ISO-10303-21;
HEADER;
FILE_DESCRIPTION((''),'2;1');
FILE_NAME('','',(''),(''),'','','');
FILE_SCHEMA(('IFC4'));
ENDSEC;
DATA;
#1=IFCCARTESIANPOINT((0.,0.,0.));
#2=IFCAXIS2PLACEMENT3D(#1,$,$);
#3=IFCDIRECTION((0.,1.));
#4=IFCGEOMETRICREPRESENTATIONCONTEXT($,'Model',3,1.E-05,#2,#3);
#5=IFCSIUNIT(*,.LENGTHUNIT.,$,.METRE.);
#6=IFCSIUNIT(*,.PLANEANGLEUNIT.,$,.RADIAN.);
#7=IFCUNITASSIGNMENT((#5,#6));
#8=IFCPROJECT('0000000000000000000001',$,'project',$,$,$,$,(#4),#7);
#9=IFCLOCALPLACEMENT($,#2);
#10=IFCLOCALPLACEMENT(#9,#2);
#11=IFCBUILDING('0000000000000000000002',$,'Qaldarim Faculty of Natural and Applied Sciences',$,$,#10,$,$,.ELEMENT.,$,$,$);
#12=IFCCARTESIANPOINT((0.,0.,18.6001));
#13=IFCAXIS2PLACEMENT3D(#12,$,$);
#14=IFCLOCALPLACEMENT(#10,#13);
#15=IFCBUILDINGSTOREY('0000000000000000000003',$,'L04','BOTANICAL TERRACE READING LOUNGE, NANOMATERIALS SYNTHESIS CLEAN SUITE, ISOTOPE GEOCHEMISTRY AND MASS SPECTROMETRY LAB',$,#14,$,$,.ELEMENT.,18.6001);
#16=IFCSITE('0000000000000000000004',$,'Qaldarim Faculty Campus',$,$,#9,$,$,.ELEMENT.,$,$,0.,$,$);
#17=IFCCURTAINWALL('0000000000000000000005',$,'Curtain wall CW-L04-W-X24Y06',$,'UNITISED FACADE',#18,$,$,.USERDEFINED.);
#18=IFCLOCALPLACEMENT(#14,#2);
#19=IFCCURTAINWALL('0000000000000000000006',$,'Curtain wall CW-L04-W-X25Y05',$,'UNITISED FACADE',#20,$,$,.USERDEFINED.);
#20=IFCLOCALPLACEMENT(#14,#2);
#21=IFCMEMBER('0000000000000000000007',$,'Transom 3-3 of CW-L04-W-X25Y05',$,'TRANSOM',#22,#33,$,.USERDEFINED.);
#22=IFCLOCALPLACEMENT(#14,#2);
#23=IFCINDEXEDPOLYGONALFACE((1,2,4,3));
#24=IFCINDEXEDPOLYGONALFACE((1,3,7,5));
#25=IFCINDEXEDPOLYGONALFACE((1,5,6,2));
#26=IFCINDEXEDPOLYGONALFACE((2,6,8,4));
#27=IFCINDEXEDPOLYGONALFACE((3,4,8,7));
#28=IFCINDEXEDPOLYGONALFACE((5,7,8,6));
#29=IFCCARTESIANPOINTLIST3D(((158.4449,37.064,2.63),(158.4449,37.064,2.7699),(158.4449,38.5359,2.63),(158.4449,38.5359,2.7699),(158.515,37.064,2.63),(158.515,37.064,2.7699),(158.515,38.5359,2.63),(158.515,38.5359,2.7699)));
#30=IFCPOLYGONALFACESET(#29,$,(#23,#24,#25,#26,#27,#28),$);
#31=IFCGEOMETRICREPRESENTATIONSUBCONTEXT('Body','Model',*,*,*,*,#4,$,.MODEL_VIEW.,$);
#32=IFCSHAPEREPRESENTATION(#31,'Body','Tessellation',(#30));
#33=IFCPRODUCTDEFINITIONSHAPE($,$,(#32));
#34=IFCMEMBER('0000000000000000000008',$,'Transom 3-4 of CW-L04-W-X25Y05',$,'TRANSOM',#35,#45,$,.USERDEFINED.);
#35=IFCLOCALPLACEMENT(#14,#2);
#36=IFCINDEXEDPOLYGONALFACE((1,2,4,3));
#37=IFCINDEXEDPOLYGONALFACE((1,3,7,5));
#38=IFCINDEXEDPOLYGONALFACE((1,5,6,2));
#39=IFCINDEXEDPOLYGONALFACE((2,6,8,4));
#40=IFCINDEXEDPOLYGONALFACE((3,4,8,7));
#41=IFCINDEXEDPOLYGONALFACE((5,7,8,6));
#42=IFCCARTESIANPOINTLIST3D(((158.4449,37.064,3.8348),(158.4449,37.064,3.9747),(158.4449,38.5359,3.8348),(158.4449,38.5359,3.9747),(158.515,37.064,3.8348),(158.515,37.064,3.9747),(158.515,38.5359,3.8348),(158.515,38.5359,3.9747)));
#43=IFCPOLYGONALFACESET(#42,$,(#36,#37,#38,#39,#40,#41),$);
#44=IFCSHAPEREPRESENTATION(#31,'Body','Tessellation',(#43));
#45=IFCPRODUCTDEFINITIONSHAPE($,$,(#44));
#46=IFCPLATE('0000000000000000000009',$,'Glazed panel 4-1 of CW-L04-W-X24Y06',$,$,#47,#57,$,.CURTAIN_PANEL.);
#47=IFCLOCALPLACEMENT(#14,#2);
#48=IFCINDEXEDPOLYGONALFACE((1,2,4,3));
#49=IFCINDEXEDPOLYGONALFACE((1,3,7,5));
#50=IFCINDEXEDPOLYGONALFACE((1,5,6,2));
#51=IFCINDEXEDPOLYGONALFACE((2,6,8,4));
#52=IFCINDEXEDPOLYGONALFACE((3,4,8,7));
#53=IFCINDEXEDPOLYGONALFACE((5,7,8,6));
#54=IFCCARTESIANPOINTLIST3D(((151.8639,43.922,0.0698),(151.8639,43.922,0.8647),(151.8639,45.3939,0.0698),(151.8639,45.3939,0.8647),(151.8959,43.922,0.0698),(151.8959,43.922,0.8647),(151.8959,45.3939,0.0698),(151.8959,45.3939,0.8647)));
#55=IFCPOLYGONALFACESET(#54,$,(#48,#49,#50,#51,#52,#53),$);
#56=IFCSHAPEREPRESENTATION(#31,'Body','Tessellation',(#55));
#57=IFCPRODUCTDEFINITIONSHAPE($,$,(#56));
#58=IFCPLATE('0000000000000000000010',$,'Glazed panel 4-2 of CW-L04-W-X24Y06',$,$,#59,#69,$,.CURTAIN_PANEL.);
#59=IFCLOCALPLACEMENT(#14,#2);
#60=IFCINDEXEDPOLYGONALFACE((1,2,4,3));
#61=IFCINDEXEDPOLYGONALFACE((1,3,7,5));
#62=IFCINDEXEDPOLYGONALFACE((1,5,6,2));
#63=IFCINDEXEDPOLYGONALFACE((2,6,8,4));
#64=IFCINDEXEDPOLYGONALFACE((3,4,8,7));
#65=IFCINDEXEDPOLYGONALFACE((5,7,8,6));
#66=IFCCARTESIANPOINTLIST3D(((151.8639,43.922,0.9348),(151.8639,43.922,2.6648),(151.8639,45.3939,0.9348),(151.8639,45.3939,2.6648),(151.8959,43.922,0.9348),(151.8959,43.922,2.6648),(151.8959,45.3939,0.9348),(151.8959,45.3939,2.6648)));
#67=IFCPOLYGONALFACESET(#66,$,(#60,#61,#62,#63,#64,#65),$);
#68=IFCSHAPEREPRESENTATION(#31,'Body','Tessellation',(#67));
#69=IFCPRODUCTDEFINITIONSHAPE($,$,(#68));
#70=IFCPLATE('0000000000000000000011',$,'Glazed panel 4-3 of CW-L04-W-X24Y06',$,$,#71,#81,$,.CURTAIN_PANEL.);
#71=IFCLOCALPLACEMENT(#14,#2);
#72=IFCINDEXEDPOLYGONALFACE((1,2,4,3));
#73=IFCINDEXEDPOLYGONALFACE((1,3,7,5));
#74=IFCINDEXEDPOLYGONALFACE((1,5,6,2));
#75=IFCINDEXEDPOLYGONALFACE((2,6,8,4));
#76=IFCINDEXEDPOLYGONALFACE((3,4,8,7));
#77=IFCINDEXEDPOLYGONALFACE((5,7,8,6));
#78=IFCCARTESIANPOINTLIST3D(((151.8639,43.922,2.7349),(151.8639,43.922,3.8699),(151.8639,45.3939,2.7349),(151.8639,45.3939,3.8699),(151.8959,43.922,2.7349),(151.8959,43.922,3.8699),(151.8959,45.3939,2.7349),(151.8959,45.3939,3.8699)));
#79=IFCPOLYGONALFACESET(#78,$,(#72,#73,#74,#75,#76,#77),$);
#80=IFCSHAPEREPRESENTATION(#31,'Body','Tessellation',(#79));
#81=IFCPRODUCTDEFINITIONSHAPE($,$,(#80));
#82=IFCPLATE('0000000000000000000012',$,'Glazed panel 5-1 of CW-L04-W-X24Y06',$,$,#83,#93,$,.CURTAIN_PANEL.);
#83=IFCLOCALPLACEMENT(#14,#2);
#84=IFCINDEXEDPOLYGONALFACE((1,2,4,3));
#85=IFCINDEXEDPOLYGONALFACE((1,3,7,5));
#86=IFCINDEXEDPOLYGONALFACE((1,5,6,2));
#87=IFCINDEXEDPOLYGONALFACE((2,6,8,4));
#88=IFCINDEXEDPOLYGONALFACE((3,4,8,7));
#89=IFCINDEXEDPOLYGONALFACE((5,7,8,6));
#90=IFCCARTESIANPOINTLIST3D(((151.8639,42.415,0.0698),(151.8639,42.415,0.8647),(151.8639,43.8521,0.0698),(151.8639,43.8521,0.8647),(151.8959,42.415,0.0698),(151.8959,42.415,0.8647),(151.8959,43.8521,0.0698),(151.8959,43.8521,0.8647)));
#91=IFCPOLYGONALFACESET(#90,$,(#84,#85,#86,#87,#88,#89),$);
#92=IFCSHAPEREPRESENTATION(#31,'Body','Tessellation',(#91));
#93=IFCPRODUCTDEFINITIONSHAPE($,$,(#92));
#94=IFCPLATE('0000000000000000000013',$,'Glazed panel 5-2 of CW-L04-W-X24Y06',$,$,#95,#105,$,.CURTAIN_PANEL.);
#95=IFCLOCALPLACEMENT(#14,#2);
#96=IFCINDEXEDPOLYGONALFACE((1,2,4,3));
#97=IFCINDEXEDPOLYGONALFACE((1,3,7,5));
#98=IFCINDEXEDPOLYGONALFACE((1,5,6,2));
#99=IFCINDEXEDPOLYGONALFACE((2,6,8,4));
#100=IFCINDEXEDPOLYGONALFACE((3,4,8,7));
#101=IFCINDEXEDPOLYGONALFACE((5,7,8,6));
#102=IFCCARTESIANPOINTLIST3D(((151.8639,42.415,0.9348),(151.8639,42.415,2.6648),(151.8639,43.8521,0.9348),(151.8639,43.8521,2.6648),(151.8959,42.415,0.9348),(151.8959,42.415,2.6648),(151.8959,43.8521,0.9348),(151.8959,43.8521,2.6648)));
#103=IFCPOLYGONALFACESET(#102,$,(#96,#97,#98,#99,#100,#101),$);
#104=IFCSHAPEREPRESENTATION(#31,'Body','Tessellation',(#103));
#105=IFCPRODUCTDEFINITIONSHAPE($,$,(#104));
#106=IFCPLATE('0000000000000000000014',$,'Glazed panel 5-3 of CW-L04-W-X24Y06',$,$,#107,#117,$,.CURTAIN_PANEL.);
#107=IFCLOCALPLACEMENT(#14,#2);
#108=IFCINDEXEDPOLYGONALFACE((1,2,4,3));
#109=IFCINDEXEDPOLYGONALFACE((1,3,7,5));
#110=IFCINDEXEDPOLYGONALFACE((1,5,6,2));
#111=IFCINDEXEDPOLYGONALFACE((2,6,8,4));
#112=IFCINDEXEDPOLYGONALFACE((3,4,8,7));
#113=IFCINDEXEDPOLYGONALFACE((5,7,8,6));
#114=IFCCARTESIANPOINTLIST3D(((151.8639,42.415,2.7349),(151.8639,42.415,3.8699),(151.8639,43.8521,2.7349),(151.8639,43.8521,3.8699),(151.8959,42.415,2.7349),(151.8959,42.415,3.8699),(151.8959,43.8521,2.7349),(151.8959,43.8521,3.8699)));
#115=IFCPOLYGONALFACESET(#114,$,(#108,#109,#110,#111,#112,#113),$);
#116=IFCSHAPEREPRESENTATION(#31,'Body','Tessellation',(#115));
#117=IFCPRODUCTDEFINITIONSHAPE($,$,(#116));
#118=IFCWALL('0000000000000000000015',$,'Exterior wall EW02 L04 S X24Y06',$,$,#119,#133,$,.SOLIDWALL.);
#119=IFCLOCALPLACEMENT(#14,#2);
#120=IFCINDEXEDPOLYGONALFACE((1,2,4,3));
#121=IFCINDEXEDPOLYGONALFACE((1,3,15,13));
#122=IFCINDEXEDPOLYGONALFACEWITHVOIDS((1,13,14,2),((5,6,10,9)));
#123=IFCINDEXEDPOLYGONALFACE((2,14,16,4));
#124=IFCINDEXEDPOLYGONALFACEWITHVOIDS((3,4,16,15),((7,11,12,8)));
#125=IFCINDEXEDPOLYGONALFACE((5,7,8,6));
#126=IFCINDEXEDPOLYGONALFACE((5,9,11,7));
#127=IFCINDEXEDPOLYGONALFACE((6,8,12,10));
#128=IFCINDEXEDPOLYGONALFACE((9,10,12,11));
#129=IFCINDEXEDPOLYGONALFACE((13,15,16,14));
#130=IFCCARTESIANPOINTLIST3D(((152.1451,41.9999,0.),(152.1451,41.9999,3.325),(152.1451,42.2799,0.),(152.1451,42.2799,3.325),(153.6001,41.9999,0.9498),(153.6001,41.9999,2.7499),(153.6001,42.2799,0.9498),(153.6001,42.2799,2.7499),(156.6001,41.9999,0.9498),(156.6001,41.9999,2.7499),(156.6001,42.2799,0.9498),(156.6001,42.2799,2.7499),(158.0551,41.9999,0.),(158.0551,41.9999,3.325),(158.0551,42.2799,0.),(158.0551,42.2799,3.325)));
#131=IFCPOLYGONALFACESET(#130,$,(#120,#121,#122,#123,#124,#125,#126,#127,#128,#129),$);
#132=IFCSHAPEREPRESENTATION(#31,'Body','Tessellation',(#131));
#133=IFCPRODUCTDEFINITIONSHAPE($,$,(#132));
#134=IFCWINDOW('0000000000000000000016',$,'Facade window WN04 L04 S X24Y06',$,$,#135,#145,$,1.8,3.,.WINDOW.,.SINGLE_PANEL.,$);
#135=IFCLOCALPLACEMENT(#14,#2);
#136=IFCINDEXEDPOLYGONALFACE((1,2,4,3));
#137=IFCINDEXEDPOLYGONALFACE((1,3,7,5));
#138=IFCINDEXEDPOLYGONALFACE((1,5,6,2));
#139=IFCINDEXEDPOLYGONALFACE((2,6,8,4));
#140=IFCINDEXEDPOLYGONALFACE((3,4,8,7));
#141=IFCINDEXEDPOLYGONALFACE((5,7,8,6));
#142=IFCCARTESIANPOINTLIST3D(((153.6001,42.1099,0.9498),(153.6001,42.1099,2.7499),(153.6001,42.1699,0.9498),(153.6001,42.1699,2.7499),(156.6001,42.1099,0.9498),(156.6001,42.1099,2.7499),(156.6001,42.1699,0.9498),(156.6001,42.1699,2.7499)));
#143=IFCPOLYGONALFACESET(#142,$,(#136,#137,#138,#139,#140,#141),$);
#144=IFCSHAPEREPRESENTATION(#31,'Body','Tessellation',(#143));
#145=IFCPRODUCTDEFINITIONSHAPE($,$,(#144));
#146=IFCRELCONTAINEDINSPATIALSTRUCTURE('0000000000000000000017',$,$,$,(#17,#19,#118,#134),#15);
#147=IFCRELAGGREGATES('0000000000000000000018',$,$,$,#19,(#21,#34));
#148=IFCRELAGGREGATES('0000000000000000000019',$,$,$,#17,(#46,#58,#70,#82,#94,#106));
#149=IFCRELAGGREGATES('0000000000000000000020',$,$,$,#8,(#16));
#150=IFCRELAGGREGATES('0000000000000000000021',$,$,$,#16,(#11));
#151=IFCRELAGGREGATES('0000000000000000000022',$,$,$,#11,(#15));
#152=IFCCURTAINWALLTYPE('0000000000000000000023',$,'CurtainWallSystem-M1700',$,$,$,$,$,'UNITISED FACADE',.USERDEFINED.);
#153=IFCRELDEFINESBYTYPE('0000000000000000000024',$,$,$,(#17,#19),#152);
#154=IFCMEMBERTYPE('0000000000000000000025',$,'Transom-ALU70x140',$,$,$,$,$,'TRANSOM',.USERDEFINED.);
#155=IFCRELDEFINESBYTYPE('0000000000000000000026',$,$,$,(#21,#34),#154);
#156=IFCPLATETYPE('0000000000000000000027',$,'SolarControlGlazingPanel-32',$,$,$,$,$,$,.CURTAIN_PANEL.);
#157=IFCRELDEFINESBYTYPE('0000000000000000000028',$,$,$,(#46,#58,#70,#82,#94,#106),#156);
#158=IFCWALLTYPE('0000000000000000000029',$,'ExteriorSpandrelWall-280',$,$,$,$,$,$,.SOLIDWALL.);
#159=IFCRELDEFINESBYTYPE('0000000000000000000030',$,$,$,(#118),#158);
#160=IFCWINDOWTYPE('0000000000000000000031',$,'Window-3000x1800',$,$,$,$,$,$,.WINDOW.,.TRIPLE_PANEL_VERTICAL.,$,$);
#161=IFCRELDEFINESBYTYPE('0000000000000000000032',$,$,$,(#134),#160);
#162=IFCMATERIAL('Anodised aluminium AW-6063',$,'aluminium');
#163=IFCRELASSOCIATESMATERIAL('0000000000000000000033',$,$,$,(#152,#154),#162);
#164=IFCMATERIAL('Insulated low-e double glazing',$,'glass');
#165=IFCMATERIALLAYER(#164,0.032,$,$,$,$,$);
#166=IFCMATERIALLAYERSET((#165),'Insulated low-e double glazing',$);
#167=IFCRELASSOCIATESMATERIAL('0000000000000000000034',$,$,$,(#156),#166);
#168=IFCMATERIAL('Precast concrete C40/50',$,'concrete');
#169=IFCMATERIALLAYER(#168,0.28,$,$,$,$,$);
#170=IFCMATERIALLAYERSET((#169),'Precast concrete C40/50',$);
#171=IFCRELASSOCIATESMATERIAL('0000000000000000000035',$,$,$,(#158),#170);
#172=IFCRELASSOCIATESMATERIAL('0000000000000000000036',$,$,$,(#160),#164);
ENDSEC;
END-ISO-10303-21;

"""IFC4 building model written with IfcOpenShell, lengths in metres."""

from ifc_helpers import new_model, si_unit, direction, frame, frame_2d, origin, origin_2d, place, context, subcontext, project, spatial, rectangle, extrude, material, layer, layer_set, material_profile, profile_set, type_object, element, fill, aggregate, save


model = new_model("IFC4")

# Units and contexts
model_context = context("Model", 3, precision=1e-05, world=origin(), true_north=direction((0.0, 1.0)))
body_context = subcontext(model_context, "Body", "Model", "MODEL_VIEW")
ifc_project = project(units=[si_unit("LENGTHUNIT", "METRE"), si_unit("PLANEANGLEUNIT", "RADIAN")], contexts=[model_context])

# Site, building, storey
site_placement = place(None, origin())
site = spatial("IfcSite", under=ifc_project, at=site_placement, Name="Qaldarim Faculty Campus", CompositionType="ELEMENT", RefElevation=0.0)
building_placement = place(site_placement, origin())
building = spatial("IfcBuilding", under=site, at=building_placement, Name="Qaldarim Faculty of Natural and Applied Sciences", CompositionType="ELEMENT")
storey_placement = place(building_placement, frame((0.0, 0.0, 18.6001)))
storey = spatial("IfcBuildingStorey", under=building, at=storey_placement, Name="L04", Description="BOTANICAL TERRACE READING LOUNGE, NANOMATERIALS SYNTHESIS CLEAN SUITE, ISOTOPE GEOCHEMISTRY AND MASS SPECTROMETRY LAB", CompositionType="ELEMENT", Elevation=18.6001)

# Curtain wall
ifc_material_1 = material(Name="Anodised aluminium AW-6063", Category="aluminium")
curtain_wall_type = type_object("IfcCurtainWallType", Name="CurtainWallSystem-M1700", ElementType="UNITISED FACADE", PredefinedType="USERDEFINED", material=ifc_material_1)
curtain_wall_1_placement = place(storey_placement, origin())
curtain_wall_1 = element("IfcCurtainWall", 1, at=curtain_wall_1_placement, inside=storey, type_object=curtain_wall_type, Name="Curtain wall CW-L04-W-X24Y06", ObjectType="UNITISED FACADE", PredefinedType="USERDEFINED")

# Shared definitions
ifc_material_2 = material(Name="Precast concrete C40/50", Category="concrete")

# Shared definitions
ifc_material_profile_1 = material_profile(ifc_material_1, rectangle(XDim=0.0701, YDim=0.1399, at=origin_2d()), Name="ALU-T70x140")
ifc_profile_set_1 = profile_set([ifc_material_profile_1], Name="Anodised aluminium AW-6063")
member_type_1 = type_object("IfcMemberType", Name="Transom-ALU70x140", ElementType="TRANSOM", PredefinedType="USERDEFINED", material=ifc_profile_set_1)

# Curtain wall, members
curtain_wall_2_placement = place(storey_placement, origin())
curtain_wall_2 = element("IfcCurtainWall", 2, at=curtain_wall_2_placement, inside=storey, type_object=curtain_wall_type, Name="Curtain wall CW-L04-W-X25Y05", ObjectType="UNITISED FACADE", PredefinedType="USERDEFINED")
member_1_placement = place(storey_placement, frame((158.48, 38.5359, 2.7), z_axis=(0.0, -1.0, 0.0), x_axis=(1.0, 0.0, 0.0)))
member_1 = element("IfcMember", 3, at=member_1_placement, type_object=member_type_1, Name="Transom 3-3 of CW-L04-W-X25Y05", ObjectType="TRANSOM", PredefinedType="USERDEFINED", context=body_context, shape_type="SweptSolid", body=[
    extrude(rectangle(XDim=0.0701, YDim=0.1399, at=origin_2d()), origin(), (0.0, 0.0, 1.0), 1.4719),
])
member_2_placement = place(storey_placement, frame((158.48, 38.5359, 3.9048), z_axis=(0.0, -1.0, 0.0), x_axis=(1.0, 0.0, 0.0)))
member_2 = element("IfcMember", 4, at=member_2_placement, type_object=member_type_1, Name="Transom 3-4 of CW-L04-W-X25Y05", ObjectType="TRANSOM", PredefinedType="USERDEFINED", context=body_context, shape_type="SweptSolid", body=[
    extrude(rectangle(XDim=0.0701, YDim=0.1399, at=origin_2d()), origin(), (0.0, 0.0, 1.0), 1.4719),
])
aggregate(curtain_wall_2, [member_1, member_2])

# Plates
ifc_material_3 = material(Name="Insulated low-e double glazing", Category="glass")
ifc_layer_1 = layer(ifc_material_3, 0.032)
ifc_layer_set_1 = layer_set([ifc_layer_1], Name="Insulated low-e double glazing")
plate_type = type_object("IfcPlateType", Name="SolarControlGlazingPanel-32", PredefinedType="CURTAIN_PANEL", material=ifc_layer_set_1)
plate_1_placement = place(storey_placement, frame((151.8799, 44.658, 0.0698), z_axis=(0.0, 0.0, 1.0), x_axis=(0.0, -1.0, 0.0)))
plate_1 = element("IfcPlate", 5, at=plate_1_placement, type_object=plate_type, Name="Glazed panel 4-1 of CW-L04-W-X24Y06", PredefinedType="CURTAIN_PANEL", context=body_context, shape_type="SweptSolid", body=[
    extrude(rectangle(XDim=1.4719, YDim=0.032, at=origin_2d()), origin(), (0.0, 0.0, 1.0), 0.7949),
])
plate_2_placement = place(storey_placement, frame((151.8799, 44.658, 0.9348), z_axis=(0.0, 0.0, 1.0), x_axis=(0.0, -1.0, 0.0)))
plate_2 = element("IfcPlate", 6, at=plate_2_placement, type_object=plate_type, Name="Glazed panel 4-2 of CW-L04-W-X24Y06", PredefinedType="CURTAIN_PANEL", context=body_context, shape_type="SweptSolid", body=[
    extrude(rectangle(XDim=1.4719, YDim=0.032, at=origin_2d()), origin(), (0.0, 0.0, 1.0), 1.73),
])
plate_3_placement = place(storey_placement, frame((151.8799, 44.658, 2.7349), z_axis=(0.0, 0.0, 1.0), x_axis=(0.0, -1.0, 0.0)))
plate_3 = element("IfcPlate", 7, at=plate_3_placement, type_object=plate_type, Name="Glazed panel 4-3 of CW-L04-W-X24Y06", PredefinedType="CURTAIN_PANEL", context=body_context, shape_type="SweptSolid", body=[
    extrude(rectangle(XDim=1.4719, YDim=0.032, at=origin_2d()), origin(), (0.0, 0.0, 1.0), 1.135),
])
plate_4_placement = place(storey_placement, frame((151.8799, 43.1335, 0.0698), z_axis=(0.0, 0.0, 1.0), x_axis=(0.0, -1.0, 0.0)))
plate_4 = element("IfcPlate", 8, at=plate_4_placement, type_object=plate_type, Name="Glazed panel 5-1 of CW-L04-W-X24Y06", PredefinedType="CURTAIN_PANEL", context=body_context, shape_type="SweptSolid", body=[
    extrude(rectangle(XDim=1.437, YDim=0.032, at=origin_2d()), origin(), (0.0, 0.0, 1.0), 0.7949),
])
plate_5_placement = place(storey_placement, frame((151.8799, 43.1335, 0.9348), z_axis=(0.0, 0.0, 1.0), x_axis=(0.0, -1.0, 0.0)))
plate_5 = element("IfcPlate", 9, at=plate_5_placement, type_object=plate_type, Name="Glazed panel 5-2 of CW-L04-W-X24Y06", PredefinedType="CURTAIN_PANEL", context=body_context, shape_type="SweptSolid", body=[
    extrude(rectangle(XDim=1.437, YDim=0.032, at=origin_2d()), origin(), (0.0, 0.0, 1.0), 1.73),
])
plate_6_placement = place(storey_placement, frame((151.8799, 43.1335, 2.7349), z_axis=(0.0, 0.0, 1.0), x_axis=(0.0, -1.0, 0.0)))
plate_6 = element("IfcPlate", 10, at=plate_6_placement, type_object=plate_type, Name="Glazed panel 5-3 of CW-L04-W-X24Y06", PredefinedType="CURTAIN_PANEL", context=body_context, shape_type="SweptSolid", body=[
    extrude(rectangle(XDim=1.437, YDim=0.032, at=origin_2d()), origin(), (0.0, 0.0, 1.0), 1.135),
])
aggregate(curtain_wall_1, [plate_1, plate_2, plate_3, plate_4, plate_5, plate_6])

# Wall, opening, window
ifc_layer_2 = layer(ifc_material_2, 0.28)
ifc_layer_set_2 = layer_set([ifc_layer_2], Name="Precast concrete C40/50")
wall_type = type_object("IfcWallType", Name="ExteriorSpandrelWall-280", PredefinedType="SOLIDWALL", material=ifc_layer_set_2)
wall_placement = place(storey_placement, frame((152.145, 42.1399, 0.0), z_axis=(0.0, 0.0, 1.0), x_axis=(1.0, 0.0, 0.0)))
wall = element("IfcWall", 11, at=wall_placement, inside=storey, type_object=wall_type, Name="Exterior wall EW02 L04 S X24Y06", PredefinedType="SOLIDWALL", context=body_context, shape_type="SweptSolid", body=[
    extrude(rectangle(XDim=5.9099, YDim=0.28, at=frame_2d((2.9551, 0.0))), origin(), (0.0, 0.0, 1.0), 3.325),
])
opening_placement = place(wall_placement, frame((1.4551, 0.0, 0.95)))
opening = element("IfcOpeningElement", 12, at=opening_placement, cuts=wall, PredefinedType="OPENING", context=body_context, shape_type="SweptSolid", body=[
    extrude(rectangle(XDim=3.0, YDim=1.8, at=frame_2d((1.5, 0.8999))), frame((0.0, 0.1499, 0.0), z_axis=(0.0, -1.0, 0.0), x_axis=(1.0, 0.0, 0.0)), (0.0, 0.0, 1.0), 0.3),
])
window_type = type_object("IfcWindowType", Name="Window-3000x1800", PartitioningType="TRIPLE_PANEL_VERTICAL", PredefinedType="WINDOW", material=ifc_material_3)
window_placement = place(opening_placement, origin())
window = element("IfcWindow", 13, at=window_placement, inside=storey, type_object=window_type, Name="Facade window WN04 L04 S X24Y06", OverallHeight=1.8, OverallWidth=3.0, PartitioningType="SINGLE_PANEL", PredefinedType="WINDOW", context=body_context, shape_type="SweptSolid", body=[
    extrude(rectangle(XDim=3.0, YDim=1.8, at=frame_2d((1.5, 0.8999))), frame((0.0, 0.03, 0.0), z_axis=(0.0, -1.0, 0.0), x_axis=(1.0, 0.0, 0.0)), (0.0, 0.0, 1.0), 0.0601),
])
fill(opening, window)

save(model, "model.ifc")
